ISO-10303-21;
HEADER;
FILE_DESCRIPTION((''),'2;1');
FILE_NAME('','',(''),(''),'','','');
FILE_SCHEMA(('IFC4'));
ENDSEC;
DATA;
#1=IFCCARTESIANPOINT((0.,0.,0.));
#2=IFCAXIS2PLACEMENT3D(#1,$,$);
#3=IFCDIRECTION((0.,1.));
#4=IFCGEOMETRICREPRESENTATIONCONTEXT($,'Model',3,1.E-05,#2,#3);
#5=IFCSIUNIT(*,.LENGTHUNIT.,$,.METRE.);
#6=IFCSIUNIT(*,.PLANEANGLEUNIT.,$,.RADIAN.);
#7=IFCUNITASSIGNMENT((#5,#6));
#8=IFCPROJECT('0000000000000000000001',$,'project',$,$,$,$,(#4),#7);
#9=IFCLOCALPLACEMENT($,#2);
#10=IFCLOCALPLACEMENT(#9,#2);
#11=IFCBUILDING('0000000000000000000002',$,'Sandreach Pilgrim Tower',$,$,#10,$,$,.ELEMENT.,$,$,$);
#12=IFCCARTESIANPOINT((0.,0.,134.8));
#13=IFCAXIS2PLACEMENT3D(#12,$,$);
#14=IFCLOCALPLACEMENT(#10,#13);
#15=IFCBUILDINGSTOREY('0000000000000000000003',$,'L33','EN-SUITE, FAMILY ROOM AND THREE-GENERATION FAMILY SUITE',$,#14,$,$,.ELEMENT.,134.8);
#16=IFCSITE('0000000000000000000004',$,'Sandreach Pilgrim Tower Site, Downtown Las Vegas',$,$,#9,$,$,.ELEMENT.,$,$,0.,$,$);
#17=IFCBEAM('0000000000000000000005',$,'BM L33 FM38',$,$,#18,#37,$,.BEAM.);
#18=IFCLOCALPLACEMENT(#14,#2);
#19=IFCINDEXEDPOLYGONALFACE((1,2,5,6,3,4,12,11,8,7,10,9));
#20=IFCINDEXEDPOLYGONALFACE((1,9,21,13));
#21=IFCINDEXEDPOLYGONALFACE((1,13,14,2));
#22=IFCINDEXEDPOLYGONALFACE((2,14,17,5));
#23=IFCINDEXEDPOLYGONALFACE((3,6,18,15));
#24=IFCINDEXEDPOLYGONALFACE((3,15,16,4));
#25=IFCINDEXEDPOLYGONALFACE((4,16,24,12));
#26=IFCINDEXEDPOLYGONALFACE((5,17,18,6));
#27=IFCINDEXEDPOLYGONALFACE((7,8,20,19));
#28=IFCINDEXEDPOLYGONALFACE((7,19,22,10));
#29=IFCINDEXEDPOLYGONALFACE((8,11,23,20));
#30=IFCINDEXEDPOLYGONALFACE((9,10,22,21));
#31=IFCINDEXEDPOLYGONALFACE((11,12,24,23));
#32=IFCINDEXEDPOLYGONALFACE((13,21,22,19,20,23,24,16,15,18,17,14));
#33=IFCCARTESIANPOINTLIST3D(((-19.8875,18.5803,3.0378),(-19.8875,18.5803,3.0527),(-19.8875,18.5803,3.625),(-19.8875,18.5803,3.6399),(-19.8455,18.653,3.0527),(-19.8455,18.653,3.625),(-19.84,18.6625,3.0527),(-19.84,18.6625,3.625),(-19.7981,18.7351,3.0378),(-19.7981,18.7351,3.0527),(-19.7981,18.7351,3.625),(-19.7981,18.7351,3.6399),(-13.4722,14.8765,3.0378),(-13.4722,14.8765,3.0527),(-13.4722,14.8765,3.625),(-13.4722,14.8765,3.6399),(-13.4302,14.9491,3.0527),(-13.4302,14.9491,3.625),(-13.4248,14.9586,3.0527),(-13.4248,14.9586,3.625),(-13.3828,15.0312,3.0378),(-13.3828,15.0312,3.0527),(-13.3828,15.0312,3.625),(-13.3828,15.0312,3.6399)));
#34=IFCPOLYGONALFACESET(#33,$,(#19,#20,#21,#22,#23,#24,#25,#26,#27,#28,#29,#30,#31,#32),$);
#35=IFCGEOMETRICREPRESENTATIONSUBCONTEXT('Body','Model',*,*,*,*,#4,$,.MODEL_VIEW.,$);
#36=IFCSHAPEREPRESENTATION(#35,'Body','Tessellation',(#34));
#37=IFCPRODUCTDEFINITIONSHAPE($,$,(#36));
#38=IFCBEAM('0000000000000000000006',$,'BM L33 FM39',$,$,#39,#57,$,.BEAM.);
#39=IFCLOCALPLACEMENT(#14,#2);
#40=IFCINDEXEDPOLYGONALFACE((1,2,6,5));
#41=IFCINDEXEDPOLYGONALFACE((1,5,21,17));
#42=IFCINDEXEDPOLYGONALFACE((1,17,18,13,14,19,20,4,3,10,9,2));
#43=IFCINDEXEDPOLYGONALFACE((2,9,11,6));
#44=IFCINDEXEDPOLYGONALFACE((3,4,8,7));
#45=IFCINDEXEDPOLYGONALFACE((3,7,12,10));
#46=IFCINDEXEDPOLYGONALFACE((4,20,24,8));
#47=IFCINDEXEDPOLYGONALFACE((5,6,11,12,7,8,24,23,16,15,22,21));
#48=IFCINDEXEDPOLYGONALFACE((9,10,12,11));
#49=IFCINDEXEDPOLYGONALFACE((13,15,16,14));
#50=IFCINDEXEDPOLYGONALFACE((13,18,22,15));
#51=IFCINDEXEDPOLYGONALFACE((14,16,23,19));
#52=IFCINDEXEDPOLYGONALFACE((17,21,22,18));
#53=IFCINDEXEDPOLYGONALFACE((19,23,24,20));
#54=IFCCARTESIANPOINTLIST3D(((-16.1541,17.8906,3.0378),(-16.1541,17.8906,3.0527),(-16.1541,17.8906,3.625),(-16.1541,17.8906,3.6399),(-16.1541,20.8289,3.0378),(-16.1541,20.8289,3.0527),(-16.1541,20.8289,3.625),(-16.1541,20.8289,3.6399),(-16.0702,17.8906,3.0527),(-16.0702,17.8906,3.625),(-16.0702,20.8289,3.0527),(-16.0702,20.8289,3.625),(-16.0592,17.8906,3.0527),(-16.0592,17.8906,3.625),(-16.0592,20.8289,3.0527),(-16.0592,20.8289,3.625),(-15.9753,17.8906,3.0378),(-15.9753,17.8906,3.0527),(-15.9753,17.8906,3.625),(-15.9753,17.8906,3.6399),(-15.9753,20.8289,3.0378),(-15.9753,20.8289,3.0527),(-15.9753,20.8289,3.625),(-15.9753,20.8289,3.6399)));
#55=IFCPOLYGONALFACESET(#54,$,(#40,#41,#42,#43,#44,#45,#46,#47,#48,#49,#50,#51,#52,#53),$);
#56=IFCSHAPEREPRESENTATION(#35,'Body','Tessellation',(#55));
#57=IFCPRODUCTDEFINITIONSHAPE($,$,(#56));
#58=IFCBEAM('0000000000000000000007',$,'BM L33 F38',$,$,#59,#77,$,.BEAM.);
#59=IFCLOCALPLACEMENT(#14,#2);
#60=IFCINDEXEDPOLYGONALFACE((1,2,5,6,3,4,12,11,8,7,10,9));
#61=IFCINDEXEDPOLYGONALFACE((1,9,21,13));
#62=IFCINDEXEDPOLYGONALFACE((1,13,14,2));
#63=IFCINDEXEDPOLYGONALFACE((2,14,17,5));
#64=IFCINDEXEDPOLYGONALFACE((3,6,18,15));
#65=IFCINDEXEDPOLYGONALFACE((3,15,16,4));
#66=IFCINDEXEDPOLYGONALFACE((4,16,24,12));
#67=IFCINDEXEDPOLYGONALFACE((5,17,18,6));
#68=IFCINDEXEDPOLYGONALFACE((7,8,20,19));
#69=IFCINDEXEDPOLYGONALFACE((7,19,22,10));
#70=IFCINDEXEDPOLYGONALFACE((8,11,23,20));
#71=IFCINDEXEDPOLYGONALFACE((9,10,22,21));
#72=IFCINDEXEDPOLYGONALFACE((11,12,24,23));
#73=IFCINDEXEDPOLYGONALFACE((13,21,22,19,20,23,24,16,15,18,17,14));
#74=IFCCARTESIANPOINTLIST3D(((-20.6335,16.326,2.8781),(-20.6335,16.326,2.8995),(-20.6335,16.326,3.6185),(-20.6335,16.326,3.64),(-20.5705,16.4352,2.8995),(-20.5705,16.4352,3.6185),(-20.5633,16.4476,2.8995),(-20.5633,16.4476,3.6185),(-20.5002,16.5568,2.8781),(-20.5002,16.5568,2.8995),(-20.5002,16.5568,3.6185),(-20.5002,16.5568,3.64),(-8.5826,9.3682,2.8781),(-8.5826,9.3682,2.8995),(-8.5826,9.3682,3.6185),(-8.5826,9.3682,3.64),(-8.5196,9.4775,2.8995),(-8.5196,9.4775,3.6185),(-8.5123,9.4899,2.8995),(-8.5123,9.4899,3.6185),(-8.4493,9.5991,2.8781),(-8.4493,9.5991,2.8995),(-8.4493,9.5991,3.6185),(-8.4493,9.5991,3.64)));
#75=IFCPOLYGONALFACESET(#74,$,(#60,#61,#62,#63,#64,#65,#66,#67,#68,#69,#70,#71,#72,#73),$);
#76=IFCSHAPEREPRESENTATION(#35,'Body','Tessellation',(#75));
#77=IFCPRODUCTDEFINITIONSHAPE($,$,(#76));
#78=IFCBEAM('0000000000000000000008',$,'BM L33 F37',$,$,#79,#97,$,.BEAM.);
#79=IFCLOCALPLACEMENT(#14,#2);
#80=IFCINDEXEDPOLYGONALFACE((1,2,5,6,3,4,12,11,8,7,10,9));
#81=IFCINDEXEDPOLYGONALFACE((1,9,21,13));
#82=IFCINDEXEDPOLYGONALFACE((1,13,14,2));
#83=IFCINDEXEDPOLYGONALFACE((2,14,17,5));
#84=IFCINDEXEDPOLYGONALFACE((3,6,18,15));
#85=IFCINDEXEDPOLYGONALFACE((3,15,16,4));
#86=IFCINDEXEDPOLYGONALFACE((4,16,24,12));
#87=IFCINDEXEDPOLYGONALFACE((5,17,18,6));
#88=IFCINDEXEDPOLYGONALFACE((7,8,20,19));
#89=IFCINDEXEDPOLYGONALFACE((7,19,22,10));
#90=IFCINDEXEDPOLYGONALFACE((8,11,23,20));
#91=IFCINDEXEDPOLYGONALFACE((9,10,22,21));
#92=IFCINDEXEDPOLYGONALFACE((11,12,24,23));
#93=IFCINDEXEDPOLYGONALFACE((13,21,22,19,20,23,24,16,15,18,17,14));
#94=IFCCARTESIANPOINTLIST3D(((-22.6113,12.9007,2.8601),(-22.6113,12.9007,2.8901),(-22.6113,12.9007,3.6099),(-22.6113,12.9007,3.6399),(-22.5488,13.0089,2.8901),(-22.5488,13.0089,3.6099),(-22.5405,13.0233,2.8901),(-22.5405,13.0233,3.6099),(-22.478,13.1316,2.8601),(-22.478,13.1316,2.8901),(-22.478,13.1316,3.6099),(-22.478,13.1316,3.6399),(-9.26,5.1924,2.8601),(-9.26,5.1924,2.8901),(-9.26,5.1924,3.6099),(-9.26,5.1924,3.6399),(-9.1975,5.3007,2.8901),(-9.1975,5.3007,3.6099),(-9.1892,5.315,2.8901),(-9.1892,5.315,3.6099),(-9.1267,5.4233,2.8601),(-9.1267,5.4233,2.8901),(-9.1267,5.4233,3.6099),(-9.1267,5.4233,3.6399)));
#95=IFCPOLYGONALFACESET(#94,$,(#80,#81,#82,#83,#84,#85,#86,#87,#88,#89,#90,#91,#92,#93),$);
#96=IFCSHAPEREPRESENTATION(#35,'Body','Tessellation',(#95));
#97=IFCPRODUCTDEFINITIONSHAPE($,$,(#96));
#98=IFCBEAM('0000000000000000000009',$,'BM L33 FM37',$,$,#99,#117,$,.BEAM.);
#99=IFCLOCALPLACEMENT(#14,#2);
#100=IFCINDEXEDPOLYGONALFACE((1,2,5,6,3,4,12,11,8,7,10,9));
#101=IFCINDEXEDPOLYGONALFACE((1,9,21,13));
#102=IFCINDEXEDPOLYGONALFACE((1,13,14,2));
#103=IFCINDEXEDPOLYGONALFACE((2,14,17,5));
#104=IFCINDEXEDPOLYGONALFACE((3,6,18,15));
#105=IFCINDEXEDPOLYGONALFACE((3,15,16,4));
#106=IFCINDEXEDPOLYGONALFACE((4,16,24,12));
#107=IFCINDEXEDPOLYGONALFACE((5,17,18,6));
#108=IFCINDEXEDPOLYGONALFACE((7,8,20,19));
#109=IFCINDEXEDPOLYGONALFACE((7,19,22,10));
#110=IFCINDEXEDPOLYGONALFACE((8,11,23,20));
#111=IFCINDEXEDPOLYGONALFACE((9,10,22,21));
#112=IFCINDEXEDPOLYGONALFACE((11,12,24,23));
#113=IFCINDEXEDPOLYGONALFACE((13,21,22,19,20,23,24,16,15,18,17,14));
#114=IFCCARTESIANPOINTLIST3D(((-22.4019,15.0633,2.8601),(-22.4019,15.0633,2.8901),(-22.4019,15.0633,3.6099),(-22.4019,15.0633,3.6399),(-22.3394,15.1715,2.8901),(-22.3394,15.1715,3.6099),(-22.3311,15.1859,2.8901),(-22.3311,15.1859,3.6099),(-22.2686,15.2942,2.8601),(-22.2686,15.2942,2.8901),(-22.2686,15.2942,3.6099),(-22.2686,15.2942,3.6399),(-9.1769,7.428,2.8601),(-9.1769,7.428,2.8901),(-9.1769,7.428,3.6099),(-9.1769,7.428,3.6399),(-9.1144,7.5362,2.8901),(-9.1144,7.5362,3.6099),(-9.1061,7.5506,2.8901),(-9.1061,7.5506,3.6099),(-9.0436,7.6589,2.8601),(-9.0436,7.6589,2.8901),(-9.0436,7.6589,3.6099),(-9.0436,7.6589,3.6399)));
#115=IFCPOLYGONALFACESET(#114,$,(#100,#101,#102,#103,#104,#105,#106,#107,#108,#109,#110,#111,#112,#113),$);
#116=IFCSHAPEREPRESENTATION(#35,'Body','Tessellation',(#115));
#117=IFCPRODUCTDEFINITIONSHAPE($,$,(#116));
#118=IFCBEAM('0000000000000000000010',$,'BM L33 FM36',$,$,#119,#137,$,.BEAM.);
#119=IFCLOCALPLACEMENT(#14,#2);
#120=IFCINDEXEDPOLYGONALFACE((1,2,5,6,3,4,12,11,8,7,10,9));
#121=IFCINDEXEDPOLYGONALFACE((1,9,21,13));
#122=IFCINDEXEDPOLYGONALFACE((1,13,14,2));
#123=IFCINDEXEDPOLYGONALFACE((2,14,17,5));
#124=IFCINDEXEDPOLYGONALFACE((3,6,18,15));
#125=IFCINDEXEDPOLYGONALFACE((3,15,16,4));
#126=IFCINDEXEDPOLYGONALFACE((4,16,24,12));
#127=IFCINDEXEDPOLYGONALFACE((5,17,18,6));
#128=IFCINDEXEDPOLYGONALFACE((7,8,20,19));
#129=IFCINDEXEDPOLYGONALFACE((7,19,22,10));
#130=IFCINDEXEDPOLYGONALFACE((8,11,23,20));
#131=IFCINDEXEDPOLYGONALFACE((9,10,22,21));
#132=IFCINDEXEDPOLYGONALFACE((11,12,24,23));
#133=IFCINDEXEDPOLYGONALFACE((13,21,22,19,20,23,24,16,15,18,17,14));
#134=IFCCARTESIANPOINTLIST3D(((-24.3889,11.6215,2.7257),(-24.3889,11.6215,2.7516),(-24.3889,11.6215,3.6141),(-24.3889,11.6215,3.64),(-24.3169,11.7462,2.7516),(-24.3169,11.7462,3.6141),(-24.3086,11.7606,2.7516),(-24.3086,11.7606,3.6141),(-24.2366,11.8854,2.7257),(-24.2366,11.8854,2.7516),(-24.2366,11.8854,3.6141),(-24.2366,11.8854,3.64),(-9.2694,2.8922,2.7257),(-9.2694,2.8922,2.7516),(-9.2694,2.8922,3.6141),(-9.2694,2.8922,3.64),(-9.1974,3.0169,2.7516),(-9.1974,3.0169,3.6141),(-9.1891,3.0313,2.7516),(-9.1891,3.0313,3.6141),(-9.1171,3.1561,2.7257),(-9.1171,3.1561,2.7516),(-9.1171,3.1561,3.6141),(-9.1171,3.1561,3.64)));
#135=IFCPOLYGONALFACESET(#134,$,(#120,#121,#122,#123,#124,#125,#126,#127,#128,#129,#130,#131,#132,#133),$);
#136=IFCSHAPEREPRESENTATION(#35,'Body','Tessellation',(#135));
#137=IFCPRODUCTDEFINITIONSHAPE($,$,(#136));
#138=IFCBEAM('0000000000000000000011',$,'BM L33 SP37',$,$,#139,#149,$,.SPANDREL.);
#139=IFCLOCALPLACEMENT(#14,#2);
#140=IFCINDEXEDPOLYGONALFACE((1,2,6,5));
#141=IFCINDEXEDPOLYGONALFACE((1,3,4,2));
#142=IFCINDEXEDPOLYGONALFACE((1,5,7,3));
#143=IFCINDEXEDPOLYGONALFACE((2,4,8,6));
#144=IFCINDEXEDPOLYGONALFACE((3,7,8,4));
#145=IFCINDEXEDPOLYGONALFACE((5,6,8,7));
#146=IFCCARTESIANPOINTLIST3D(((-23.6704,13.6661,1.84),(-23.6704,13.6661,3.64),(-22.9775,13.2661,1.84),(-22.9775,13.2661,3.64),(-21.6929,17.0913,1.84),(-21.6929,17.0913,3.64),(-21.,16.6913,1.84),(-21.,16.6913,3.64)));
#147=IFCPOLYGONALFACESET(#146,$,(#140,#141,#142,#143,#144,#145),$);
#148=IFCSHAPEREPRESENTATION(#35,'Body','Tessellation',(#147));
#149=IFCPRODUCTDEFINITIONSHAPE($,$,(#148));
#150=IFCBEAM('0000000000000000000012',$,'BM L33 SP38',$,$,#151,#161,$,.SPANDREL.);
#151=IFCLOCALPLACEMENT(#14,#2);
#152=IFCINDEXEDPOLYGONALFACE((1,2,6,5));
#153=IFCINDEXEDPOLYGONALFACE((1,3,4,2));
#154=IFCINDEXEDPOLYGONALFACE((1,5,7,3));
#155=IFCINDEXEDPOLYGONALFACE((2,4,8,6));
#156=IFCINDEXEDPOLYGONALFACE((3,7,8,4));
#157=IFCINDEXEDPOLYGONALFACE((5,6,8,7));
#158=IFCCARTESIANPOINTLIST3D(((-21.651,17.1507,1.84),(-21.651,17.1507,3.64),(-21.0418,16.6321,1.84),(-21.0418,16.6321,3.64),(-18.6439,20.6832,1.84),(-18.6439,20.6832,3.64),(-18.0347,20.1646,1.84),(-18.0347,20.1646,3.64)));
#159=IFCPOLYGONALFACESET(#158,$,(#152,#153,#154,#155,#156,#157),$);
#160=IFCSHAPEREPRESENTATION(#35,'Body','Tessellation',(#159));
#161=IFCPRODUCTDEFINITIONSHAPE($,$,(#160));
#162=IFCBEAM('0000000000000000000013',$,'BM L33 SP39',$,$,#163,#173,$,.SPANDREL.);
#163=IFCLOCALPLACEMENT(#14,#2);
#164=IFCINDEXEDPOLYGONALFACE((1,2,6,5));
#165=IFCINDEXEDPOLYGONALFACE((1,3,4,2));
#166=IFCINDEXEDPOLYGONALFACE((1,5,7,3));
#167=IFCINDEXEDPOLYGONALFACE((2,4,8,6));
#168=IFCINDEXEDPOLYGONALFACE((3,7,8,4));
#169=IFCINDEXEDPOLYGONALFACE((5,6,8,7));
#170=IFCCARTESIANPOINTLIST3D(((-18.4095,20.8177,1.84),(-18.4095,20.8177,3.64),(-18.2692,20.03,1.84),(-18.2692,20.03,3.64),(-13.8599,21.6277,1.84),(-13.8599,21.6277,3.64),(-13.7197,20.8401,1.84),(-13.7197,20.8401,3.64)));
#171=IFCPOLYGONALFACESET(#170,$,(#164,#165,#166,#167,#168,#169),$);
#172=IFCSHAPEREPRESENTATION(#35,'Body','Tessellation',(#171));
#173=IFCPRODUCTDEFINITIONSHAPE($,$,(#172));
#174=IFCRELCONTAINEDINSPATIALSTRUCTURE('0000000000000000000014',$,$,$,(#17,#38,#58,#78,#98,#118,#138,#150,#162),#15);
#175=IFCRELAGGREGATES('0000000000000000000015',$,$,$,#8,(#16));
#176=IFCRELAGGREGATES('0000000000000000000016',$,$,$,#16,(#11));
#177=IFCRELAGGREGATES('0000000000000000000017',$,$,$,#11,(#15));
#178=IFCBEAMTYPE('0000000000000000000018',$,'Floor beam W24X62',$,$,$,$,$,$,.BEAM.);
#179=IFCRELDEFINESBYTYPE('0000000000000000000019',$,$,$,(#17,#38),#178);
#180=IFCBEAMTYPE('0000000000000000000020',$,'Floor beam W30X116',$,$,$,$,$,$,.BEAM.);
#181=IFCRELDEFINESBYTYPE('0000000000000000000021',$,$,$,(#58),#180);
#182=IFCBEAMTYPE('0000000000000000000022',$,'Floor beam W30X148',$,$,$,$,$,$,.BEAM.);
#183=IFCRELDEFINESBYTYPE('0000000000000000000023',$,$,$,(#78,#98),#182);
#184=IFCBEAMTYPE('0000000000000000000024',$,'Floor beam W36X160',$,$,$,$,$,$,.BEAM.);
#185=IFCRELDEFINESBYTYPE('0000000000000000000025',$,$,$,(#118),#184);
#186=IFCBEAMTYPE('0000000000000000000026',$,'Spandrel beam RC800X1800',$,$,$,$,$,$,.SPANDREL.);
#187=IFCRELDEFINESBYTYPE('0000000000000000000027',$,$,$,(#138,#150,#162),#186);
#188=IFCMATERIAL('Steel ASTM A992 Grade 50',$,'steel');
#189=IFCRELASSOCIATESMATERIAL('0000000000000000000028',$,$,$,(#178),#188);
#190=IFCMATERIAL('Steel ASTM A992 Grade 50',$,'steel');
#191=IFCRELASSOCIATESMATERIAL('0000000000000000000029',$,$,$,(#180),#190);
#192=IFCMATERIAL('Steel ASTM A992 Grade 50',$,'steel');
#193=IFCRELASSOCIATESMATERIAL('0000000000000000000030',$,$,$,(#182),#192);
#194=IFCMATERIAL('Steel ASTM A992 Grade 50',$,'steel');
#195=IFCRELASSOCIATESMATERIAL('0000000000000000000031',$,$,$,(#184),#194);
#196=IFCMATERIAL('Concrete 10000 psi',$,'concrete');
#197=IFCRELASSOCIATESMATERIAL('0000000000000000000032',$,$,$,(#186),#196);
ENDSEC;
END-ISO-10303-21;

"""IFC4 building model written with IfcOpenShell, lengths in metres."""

from ifc_helpers import new_model, si_unit, direction, frame, origin, origin_2d, place, context, subcontext, project, spatial, rectangle, i_section, extrude, material, material_profile, profile_set, type_object, element, save


model = new_model("IFC4")

# Units and contexts
model_context = context("Model", 3, precision=1e-05, world=origin(), true_north=direction((0.0, 1.0)))
body_context = subcontext(model_context, "Body", "Model", "MODEL_VIEW")
ifc_project = project(units=[si_unit("LENGTHUNIT", "METRE"), si_unit("PLANEANGLEUNIT", "RADIAN")], contexts=[model_context])

# Site, building, storey
site_placement = place(None, origin())
site = spatial("IfcSite", under=ifc_project, at=site_placement, Name="Sandreach Pilgrim Tower Site, Downtown Las Vegas", CompositionType="ELEMENT", RefElevation=0.0)
building_placement = place(site_placement, origin())
building = spatial("IfcBuilding", under=site, at=building_placement, Name="Sandreach Pilgrim Tower", CompositionType="ELEMENT")
storey_placement = place(building_placement, frame((0.0, 0.0, 134.8)))
storey = spatial("IfcBuildingStorey", under=building, at=storey_placement, Name="L33", Description="EN-SUITE, FAMILY ROOM AND THREE-GENERATION FAMILY SUITE", CompositionType="ELEMENT", Elevation=134.8)

# Beams
ifc_material_1 = material(Name="Steel ASTM A992 Grade 50", Category="steel")
ifc_material_profile_1 = material_profile(ifc_material_1, i_section(OverallWidth=0.1787, OverallDepth=0.6021, WebThickness=0.011, FlangeThickness=0.0149, at=origin_2d()), Name="W24X62")
ifc_profile_set_1 = profile_set([ifc_material_profile_1], Name="Steel ASTM A992 Grade 50")
beam_type_1 = type_object("IfcBeamType", Name="Floor beam W24X62", PredefinedType="BEAM", material=ifc_profile_set_1)
beam_1_placement = place(storey_placement, frame((-19.8428, 18.6577, 3.3389), z_axis=(0.866026, -0.499999, 0.0), x_axis=(0.499999, 0.866026, 0.0)))
element("IfcBeam", 1, at=beam_1_placement, inside=storey, type_object=beam_type_1, Name="BM L33 FM38", PredefinedType="BEAM", context=body_context, shape_type="SweptSolid", body=[
    extrude(i_section(OverallWidth=0.1787, OverallDepth=0.6021, WebThickness=0.011, FlangeThickness=0.0149, at=origin_2d()), origin(), (0.0, 0.0, 1.0), 7.4077),
])
beam_2_placement = place(storey_placement, frame((-16.0647, 20.8289, 3.3389), z_axis=(0.0, -1.0, 0.0), x_axis=(1.0, 0.0, 0.0)))
element("IfcBeam", 2, at=beam_2_placement, inside=storey, type_object=beam_type_1, Name="BM L33 FM39", PredefinedType="BEAM", context=body_context, shape_type="SweptSolid", body=[
    extrude(i_section(OverallWidth=0.1787, OverallDepth=0.6021, WebThickness=0.011, FlangeThickness=0.0149, at=origin_2d()), origin(), (0.0, 0.0, 1.0), 2.9382),
])
ifc_material_2 = material(Name="Steel ASTM A992 Grade 50", Category="steel")
ifc_material_profile_2 = material_profile(ifc_material_2, i_section(OverallWidth=0.2666, OverallDepth=0.762, WebThickness=0.0144, FlangeThickness=0.0215, at=origin_2d()), Name="W30X116")
ifc_profile_set_2 = profile_set([ifc_material_profile_2], Name="Steel ASTM A992 Grade 50")
beam_type_2 = type_object("IfcBeamType", Name="Floor beam W30X116", PredefinedType="BEAM", material=ifc_profile_set_2)
beam_3_placement = place(storey_placement, frame((-20.5669, 16.4414, 3.259), z_axis=(0.866022, -0.500005, 0.0), x_axis=(0.500005, 0.866022, 0.0)))
element("IfcBeam", 3, at=beam_3_placement, inside=storey, type_object=beam_type_2, Name="BM L33 F38", PredefinedType="BEAM", context=body_context, shape_type="SweptSolid", body=[
    extrude(i_section(OverallWidth=0.2666, OverallDepth=0.762, WebThickness=0.0144, FlangeThickness=0.0215, at=origin_2d()), origin(), (0.0, 0.0, 1.0), 13.9153),
])
ifc_material_3 = material(Name="Steel ASTM A992 Grade 50", Category="steel")
ifc_material_profile_3 = material_profile(ifc_material_3, i_section(OverallWidth=0.2666, OverallDepth=0.7798, WebThickness=0.0166, FlangeThickness=0.03, at=origin_2d()), Name="W30X148")
ifc_profile_set_3 = profile_set([ifc_material_profile_3], Name="Steel ASTM A992 Grade 50")
beam_type_3 = type_object("IfcBeamType", Name="Floor beam W30X148", PredefinedType="BEAM", material=ifc_profile_set_3)
beam_4_placement = place(storey_placement, frame((-22.5447, 13.0161, 3.25), z_axis=(0.866029, -0.499993, 0.0), x_axis=(0.499993, 0.866029, 0.0)))
element("IfcBeam", 4, at=beam_4_placement, inside=storey, type_object=beam_type_3, Name="BM L33 F37", PredefinedType="BEAM", context=body_context, shape_type="SweptSolid", body=[
    extrude(i_section(OverallWidth=0.2666, OverallDepth=0.7798, WebThickness=0.0166, FlangeThickness=0.03, at=origin_2d()), origin(), (0.0, 0.0, 1.0), 15.4167),
])
beam_5_placement = place(storey_placement, frame((-22.3352, 15.1787, 3.25), z_axis=(0.866029, -0.499994, 0.0), x_axis=(0.499994, 0.866029, 0.0)))
element("IfcBeam", 5, at=beam_5_placement, inside=storey, type_object=beam_type_3, Name="BM L33 FM37", PredefinedType="BEAM", context=body_context, shape_type="SweptSolid", body=[
    extrude(i_section(OverallWidth=0.2666, OverallDepth=0.7798, WebThickness=0.0166, FlangeThickness=0.03, at=origin_2d()), origin(), (0.0, 0.0, 1.0), 15.2708),
])
ifc_material_4 = material(Name="Steel ASTM A992 Grade 50", Category="steel")
ifc_material_profile_4 = material_profile(ifc_material_4, i_section(OverallWidth=0.3047, OverallDepth=0.9143, WebThickness=0.0166, FlangeThickness=0.0259, at=origin_2d()), Name="W36X160")
ifc_profile_set_4 = profile_set([ifc_material_profile_4], Name="Steel ASTM A992 Grade 50")
beam_type_4 = type_object("IfcBeamType", Name="Floor beam W36X160", PredefinedType="BEAM", material=ifc_profile_set_4)
beam_6_placement = place(storey_placement, frame((-24.3127, 11.7534, 3.1829), z_axis=(0.866024, -0.500003, 0.0), x_axis=(0.500003, 0.866024, 0.0)))
element("IfcBeam", 6, at=beam_6_placement, inside=storey, type_object=beam_type_4, Name="BM L33 FM36", PredefinedType="BEAM", context=body_context, shape_type="SweptSolid", body=[
    extrude(i_section(OverallWidth=0.3047, OverallDepth=0.9143, WebThickness=0.0166, FlangeThickness=0.0259, at=origin_2d()), origin(), (0.0, 0.0, 1.0), 17.4585),
])
ifc_material_5 = material(Name="Concrete 10000 psi", Category="concrete")
ifc_material_profile_5 = material_profile(ifc_material_5, rectangle(XDim=0.8, YDim=1.8, at=origin_2d()), Name="RC800X1800")
ifc_profile_set_5 = profile_set([ifc_material_profile_5], Name="Concrete 10000 psi")
beam_type_5 = type_object("IfcBeamType", Name="Spandrel beam RC800X1800", PredefinedType="SPANDREL", material=ifc_profile_set_5)
beam_7_placement = place(storey_placement, frame((-23.324, 13.4661, 2.74), z_axis=(0.49999, 0.866031, 0.0), x_axis=(-0.866031, 0.49999, 0.0)))
element("IfcBeam", 7, at=beam_7_placement, inside=storey, type_object=beam_type_5, Name="BM L33 SP37", PredefinedType="SPANDREL", context=body_context, shape_type="SweptSolid", body=[
    extrude(rectangle(XDim=0.8, YDim=1.8, at=origin_2d()), origin(), (0.0, 0.0, 1.0), 3.9551),
])
beam_8_placement = place(storey_placement, frame((-21.3464, 16.8914, 2.74), z_axis=(0.648209, 0.761463, 0.0), x_axis=(-0.761463, 0.648209, 0.0)))
element("IfcBeam", 8, at=beam_8_placement, inside=storey, type_object=beam_type_5, Name="BM L33 SP38", PredefinedType="SPANDREL", context=body_context, shape_type="SweptSolid", body=[
    extrude(rectangle(XDim=0.8, YDim=1.8, at=origin_2d()), origin(), (0.0, 0.0, 1.0), 4.6392),
])
beam_9_placement = place(storey_placement, frame((-18.3394, 20.4238, 2.74), z_axis=(0.984516, 0.175295, 0.0), x_axis=(-0.175295, 0.984516, 0.0)))
element("IfcBeam", 9, at=beam_9_placement, inside=storey, type_object=beam_type_5, Name="BM L33 SP39", PredefinedType="SPANDREL", context=body_context, shape_type="SweptSolid", body=[
    extrude(rectangle(XDim=0.8, YDim=1.8, at=origin_2d()), origin(), (0.0, 0.0, 1.0), 4.6211),
])

save(model, "model.ifc")
